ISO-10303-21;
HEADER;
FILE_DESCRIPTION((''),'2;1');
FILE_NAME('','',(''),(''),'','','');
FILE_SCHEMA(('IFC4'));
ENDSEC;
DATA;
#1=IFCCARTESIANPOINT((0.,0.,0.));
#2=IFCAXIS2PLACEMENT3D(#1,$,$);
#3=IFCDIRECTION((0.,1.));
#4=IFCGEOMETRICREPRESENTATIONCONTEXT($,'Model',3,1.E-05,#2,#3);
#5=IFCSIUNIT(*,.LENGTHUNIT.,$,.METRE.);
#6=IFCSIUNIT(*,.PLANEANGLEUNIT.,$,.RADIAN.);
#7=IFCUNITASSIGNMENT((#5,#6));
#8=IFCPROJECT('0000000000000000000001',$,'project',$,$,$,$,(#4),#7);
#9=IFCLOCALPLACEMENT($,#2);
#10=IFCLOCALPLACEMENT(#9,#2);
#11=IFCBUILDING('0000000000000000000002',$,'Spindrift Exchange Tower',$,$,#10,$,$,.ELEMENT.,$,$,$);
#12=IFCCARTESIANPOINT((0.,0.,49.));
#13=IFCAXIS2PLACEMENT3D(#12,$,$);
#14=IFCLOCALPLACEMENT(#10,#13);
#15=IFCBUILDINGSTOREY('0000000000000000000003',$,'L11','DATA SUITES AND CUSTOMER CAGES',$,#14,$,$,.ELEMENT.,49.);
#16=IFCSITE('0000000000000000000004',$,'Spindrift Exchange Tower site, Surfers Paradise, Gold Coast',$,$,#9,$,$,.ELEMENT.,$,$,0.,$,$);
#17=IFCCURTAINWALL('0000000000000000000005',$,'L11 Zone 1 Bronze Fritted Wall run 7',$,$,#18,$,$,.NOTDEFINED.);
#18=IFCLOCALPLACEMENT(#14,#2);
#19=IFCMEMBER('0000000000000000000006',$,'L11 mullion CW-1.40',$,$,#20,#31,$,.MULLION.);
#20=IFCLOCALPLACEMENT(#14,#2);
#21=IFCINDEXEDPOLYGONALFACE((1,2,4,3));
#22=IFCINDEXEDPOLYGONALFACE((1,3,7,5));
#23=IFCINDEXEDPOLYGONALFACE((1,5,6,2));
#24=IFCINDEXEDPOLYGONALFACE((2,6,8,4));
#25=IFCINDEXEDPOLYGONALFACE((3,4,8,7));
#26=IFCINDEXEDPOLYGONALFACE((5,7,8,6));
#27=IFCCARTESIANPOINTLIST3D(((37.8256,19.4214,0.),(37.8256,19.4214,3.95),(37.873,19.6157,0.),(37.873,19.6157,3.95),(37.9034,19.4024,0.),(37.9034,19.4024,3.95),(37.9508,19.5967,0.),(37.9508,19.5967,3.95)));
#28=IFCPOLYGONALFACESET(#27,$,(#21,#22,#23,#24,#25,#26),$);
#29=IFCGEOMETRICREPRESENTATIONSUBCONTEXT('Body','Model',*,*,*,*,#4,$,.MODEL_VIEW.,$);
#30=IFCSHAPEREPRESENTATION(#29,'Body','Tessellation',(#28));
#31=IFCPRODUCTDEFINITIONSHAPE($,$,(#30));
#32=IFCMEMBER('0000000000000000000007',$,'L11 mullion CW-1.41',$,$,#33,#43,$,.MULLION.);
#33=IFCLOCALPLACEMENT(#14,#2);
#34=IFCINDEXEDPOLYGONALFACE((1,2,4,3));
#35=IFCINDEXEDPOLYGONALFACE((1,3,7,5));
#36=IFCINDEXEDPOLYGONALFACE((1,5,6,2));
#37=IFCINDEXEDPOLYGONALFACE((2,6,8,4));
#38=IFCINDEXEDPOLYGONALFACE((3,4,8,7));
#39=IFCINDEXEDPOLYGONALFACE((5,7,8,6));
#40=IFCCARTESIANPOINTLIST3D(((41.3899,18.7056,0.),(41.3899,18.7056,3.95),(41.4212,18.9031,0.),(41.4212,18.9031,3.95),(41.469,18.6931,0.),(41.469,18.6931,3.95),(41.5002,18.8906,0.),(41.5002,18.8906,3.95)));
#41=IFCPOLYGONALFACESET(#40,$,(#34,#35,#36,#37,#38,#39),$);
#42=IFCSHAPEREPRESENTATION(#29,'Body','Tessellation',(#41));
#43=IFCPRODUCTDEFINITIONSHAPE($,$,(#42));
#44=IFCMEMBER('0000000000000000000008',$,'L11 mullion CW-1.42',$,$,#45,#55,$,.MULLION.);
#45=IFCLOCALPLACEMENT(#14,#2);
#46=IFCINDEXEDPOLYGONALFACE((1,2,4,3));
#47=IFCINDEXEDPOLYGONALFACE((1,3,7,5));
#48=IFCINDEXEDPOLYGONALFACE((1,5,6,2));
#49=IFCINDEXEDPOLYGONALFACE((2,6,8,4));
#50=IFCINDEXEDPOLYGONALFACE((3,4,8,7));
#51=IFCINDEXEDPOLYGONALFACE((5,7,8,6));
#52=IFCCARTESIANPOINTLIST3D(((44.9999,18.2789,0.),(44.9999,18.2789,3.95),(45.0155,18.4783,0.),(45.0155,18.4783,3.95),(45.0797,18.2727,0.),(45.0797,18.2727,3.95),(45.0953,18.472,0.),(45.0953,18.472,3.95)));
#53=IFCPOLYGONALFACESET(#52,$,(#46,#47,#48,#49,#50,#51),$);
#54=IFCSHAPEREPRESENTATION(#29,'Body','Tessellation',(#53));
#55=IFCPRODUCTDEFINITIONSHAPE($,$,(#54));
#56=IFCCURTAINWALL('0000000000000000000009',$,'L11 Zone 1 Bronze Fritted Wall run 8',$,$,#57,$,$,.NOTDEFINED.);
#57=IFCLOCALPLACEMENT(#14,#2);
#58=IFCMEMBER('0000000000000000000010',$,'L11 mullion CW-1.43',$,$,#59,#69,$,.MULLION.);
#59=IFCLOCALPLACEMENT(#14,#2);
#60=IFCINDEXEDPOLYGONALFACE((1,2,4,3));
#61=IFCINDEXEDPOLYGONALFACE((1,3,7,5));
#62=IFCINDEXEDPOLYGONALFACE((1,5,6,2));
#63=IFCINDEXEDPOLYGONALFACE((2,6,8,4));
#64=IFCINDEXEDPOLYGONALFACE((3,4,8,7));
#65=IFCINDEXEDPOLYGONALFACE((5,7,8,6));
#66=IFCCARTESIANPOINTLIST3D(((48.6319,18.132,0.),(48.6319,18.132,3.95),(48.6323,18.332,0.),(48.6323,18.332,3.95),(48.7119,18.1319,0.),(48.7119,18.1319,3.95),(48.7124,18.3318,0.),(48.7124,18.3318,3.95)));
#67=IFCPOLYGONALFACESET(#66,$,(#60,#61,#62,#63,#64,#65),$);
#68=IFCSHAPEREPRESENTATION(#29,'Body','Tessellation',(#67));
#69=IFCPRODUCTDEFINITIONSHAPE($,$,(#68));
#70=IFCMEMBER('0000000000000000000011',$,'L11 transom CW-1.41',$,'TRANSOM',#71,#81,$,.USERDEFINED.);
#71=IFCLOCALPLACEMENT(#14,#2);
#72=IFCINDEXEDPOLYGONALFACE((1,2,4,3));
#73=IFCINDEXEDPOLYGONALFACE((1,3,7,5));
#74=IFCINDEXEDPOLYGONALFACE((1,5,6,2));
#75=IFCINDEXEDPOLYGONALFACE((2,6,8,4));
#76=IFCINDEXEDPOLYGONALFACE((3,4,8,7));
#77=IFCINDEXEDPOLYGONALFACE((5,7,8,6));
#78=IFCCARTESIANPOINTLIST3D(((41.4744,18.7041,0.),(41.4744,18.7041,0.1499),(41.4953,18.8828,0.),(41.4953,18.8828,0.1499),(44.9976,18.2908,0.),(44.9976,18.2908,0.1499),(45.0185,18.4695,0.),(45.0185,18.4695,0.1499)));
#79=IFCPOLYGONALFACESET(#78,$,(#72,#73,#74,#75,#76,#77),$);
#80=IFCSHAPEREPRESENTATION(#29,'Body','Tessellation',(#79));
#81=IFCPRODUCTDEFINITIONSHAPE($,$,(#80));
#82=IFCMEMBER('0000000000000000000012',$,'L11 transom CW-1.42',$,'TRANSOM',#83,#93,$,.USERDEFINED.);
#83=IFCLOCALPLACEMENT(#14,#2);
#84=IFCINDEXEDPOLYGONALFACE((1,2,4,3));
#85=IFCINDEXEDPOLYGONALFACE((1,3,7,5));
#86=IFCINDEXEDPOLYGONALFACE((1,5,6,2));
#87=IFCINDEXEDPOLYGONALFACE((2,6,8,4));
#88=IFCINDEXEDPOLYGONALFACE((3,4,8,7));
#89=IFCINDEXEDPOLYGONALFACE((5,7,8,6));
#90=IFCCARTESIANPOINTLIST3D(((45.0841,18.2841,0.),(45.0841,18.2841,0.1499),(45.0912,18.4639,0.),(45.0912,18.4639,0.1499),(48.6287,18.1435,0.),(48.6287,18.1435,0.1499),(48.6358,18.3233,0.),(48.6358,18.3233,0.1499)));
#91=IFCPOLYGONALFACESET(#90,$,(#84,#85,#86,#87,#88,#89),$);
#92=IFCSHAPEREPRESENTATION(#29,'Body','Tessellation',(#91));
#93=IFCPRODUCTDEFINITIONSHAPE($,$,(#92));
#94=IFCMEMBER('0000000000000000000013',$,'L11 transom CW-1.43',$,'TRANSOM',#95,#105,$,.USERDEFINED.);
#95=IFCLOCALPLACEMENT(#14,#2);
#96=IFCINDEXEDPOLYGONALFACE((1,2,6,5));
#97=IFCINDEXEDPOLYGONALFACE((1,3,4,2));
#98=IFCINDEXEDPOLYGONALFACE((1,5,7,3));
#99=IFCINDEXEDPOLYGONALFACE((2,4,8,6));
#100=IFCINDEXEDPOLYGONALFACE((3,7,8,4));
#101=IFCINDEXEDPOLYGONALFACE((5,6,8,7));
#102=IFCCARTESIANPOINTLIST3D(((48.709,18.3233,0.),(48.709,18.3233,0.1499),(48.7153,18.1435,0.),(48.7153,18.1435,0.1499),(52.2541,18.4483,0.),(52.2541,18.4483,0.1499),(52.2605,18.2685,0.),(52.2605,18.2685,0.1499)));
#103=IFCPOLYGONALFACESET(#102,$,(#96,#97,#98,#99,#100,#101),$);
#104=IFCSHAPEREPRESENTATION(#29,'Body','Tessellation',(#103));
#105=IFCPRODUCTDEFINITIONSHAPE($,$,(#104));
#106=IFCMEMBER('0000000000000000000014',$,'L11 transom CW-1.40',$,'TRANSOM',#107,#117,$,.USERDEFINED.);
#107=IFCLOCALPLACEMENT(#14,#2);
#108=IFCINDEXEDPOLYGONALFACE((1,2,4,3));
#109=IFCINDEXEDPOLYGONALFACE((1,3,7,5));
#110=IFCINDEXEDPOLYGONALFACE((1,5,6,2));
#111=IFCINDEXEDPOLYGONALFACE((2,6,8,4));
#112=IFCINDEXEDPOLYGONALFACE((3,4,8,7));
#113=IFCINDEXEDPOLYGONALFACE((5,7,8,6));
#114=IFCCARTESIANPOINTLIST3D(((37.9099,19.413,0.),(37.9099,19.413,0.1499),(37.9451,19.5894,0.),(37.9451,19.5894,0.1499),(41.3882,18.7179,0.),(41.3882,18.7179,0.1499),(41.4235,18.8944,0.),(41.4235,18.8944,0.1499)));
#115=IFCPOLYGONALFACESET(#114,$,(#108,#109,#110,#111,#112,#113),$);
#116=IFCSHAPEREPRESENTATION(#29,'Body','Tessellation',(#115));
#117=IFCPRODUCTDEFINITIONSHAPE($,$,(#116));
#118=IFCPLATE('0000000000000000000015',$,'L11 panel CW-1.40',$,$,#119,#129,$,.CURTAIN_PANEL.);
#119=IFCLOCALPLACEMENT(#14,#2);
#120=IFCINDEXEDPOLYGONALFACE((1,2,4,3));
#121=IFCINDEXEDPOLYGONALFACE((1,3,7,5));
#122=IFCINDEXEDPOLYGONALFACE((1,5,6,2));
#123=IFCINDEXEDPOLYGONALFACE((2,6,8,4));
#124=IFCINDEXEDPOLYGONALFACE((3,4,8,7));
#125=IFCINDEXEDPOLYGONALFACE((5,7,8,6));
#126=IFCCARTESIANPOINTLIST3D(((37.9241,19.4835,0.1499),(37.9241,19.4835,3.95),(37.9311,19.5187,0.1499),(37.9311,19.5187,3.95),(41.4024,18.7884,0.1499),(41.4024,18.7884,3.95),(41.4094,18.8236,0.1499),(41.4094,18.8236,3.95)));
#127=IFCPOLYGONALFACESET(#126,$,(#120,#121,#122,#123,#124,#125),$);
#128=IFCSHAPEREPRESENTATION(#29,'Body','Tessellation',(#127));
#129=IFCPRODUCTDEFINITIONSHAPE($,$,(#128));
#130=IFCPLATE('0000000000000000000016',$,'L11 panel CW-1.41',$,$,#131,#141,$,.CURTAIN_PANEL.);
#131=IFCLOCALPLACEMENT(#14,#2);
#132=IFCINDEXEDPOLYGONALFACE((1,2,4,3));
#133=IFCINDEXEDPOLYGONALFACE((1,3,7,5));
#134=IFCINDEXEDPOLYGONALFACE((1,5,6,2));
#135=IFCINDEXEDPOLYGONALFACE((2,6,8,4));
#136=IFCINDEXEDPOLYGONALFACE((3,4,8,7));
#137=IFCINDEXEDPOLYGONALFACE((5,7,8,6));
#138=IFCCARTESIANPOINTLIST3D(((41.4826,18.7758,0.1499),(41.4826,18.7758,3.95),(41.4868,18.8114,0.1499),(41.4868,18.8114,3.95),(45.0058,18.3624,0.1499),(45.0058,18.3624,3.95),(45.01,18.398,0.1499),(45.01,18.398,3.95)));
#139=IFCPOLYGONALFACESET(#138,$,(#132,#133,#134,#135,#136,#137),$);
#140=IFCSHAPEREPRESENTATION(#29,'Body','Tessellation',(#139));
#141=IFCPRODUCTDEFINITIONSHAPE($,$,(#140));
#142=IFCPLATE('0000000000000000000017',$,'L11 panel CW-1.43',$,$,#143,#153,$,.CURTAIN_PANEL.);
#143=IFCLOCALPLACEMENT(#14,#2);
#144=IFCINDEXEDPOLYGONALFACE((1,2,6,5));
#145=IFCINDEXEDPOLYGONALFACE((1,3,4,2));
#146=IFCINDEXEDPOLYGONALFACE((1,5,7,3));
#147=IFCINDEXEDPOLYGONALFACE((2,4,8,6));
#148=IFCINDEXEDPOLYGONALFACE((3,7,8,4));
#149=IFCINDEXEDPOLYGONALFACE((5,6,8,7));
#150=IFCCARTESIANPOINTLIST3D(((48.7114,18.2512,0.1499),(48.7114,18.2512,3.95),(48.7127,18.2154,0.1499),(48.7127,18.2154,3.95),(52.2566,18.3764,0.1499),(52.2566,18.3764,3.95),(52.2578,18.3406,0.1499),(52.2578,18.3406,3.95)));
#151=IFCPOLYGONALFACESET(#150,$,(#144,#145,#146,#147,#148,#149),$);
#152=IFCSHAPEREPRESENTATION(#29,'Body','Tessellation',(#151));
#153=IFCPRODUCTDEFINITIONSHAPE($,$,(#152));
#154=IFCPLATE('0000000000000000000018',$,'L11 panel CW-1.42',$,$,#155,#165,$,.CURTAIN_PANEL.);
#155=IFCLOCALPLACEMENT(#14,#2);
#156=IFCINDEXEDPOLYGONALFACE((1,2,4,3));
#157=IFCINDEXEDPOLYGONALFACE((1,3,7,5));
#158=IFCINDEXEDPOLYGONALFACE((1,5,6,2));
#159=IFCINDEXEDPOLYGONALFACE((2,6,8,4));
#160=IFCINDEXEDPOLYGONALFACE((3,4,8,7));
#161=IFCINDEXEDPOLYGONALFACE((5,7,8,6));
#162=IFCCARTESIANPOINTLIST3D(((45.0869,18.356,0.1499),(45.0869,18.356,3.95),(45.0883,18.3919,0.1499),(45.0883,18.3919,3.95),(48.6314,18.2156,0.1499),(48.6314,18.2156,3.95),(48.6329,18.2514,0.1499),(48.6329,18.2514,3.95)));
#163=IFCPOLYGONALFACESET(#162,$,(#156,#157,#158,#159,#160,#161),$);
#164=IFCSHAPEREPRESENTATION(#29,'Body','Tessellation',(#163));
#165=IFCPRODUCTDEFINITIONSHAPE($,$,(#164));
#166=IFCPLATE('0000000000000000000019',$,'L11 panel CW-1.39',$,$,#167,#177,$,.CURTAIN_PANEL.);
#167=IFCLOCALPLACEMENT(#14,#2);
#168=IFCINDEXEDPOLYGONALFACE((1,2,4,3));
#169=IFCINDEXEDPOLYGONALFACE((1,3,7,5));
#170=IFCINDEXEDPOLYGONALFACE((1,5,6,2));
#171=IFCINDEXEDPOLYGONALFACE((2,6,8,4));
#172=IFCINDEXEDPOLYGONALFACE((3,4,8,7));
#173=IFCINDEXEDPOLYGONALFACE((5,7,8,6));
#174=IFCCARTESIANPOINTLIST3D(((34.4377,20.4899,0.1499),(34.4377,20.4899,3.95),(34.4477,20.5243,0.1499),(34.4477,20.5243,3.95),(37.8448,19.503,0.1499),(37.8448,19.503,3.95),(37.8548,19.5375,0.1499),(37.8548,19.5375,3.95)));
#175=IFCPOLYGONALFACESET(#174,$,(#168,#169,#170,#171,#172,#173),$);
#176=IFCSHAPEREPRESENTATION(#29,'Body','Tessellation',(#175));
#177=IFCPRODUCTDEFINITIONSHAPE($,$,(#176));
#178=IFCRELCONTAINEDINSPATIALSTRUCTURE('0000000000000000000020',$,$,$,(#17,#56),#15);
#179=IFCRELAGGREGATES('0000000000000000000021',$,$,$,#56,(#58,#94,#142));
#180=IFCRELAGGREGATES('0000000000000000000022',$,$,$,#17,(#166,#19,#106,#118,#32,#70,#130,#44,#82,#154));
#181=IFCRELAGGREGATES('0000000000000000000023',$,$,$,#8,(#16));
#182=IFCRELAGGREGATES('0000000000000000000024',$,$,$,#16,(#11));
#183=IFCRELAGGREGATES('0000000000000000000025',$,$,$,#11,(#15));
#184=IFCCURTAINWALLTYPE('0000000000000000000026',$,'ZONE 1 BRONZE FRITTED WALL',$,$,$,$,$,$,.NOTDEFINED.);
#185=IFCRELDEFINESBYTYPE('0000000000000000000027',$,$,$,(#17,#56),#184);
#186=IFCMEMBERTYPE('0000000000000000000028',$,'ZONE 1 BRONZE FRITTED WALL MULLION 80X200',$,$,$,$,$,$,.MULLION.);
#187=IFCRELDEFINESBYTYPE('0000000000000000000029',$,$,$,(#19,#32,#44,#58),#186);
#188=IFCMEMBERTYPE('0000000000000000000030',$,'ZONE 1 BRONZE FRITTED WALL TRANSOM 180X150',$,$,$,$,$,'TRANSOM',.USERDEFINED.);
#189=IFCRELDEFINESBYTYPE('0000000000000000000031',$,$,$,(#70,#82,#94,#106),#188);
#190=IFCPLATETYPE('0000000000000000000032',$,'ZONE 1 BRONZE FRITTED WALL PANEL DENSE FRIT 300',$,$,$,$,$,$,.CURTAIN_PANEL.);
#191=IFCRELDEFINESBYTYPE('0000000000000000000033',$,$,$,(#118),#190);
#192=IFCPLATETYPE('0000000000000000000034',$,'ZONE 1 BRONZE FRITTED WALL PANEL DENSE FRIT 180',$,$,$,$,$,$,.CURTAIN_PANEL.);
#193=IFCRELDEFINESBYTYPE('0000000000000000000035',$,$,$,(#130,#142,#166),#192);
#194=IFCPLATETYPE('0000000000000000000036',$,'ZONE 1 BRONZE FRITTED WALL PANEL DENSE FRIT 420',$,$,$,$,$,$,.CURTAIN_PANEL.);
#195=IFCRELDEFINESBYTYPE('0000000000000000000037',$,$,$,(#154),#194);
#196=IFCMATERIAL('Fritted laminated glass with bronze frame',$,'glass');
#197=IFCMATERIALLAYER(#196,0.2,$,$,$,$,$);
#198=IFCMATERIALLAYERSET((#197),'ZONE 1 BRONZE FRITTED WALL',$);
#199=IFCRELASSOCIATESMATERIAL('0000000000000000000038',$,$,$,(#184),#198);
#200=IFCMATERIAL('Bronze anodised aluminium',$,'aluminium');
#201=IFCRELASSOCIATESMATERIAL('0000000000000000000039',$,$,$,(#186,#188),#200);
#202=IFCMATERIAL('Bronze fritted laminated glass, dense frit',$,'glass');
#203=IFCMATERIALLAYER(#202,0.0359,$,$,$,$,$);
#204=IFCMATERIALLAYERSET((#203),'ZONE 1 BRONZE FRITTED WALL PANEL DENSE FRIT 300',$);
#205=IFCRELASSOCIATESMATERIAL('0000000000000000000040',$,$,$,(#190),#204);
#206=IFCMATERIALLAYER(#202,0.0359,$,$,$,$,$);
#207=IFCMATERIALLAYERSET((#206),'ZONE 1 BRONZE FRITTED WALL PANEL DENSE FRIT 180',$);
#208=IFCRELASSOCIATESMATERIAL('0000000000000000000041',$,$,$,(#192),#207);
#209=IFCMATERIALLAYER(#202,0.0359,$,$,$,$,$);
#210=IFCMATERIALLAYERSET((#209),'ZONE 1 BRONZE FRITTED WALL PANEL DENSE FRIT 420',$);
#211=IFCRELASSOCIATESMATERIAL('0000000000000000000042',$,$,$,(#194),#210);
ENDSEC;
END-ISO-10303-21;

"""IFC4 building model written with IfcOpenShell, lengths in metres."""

from ifc_helpers import new_model, si_unit, direction, frame, origin, origin_2d, place, context, subcontext, project, spatial, rectangle, extrude, source, transform, mapped, material, layer, layer_set, material_profile, profile_set, type_object, element, aggregate, save


model = new_model("IFC4")

# Units and contexts
model_context = context("Model", 3, precision=1e-05, world=origin(), true_north=direction((0.0, 1.0)))
body_context = subcontext(model_context, "Body", "Model", "MODEL_VIEW")
ifc_project = project(units=[si_unit("LENGTHUNIT", "METRE"), si_unit("PLANEANGLEUNIT", "RADIAN")], contexts=[model_context])

# Site, building, storey
site_placement = place(None, origin())
site = spatial("IfcSite", under=ifc_project, at=site_placement, Name="Spindrift Exchange Tower site, Surfers Paradise, Gold Coast", CompositionType="ELEMENT", RefElevation=0.0)
building_placement = place(site_placement, origin())
building = spatial("IfcBuilding", under=site, at=building_placement, Name="Spindrift Exchange Tower", CompositionType="ELEMENT")
storey_placement = place(building_placement, frame((0.0, 0.0, 49.0)))
storey = spatial("IfcBuildingStorey", under=building, at=storey_placement, Name="L11", Description="DATA SUITES AND CUSTOMER CAGES", CompositionType="ELEMENT", Elevation=49.0)

# Curtain wall, members
ifc_material_1 = material(Name="Fritted laminated glass with bronze frame", Category="glass")
ifc_layer_1 = layer(ifc_material_1, 0.2)
ifc_layer_set_1 = layer_set([ifc_layer_1], Name="ZONE 1 BRONZE FRITTED WALL")
curtain_wall_type = type_object("IfcCurtainWallType", Name="ZONE 1 BRONZE FRITTED WALL", PredefinedType="NOTDEFINED", material=ifc_layer_set_1)
curtain_wall_1_placement = place(storey_placement, origin())
curtain_wall_1 = element("IfcCurtainWall", 1, at=curtain_wall_1_placement, inside=storey, type_object=curtain_wall_type, Name="L11 Zone 1 Bronze Fritted Wall run 7", PredefinedType="NOTDEFINED")
ifc_material_2 = material(Name="Bronze anodised aluminium", Category="aluminium")
ifc_material_profile_1 = material_profile(ifc_material_2, rectangle(XDim=0.0801, YDim=0.2, at=origin_2d()), Name="ZONE 1 BRONZE FRITTED WALL MULLION 80X200")
ifc_profile_set_1 = profile_set([ifc_material_profile_1], Name="Bronze anodised aluminium")
member_type_1 = type_object("IfcMemberType", Name="ZONE 1 BRONZE FRITTED WALL MULLION 80X200", PredefinedType="MULLION", material=ifc_profile_set_1)
shared_shape_1 = source(origin(), body_context, "Body", "SweptSolid", [
    extrude(rectangle(XDim=0.0801, YDim=0.2, at=origin_2d()), origin(), (0.0, 0.0, 1.0), 3.95),
])
member_1_placement = place(storey_placement, frame((37.8882, 19.509, 0.0), z_axis=(0.0, 0.0, 1.0), x_axis=(0.971436, -0.237302, 0.0)))
member_1 = element("IfcMember", 2, at=member_1_placement, type_object=member_type_1, Name="L11 mullion CW-1.40", PredefinedType="MULLION", context=body_context, shape_type="MappedRepresentation", body=[
    mapped(shared_shape_1, transform((0.0, 0.0, 0.0), scale=1.0)),
])
member_2_placement = place(storey_placement, frame((41.4451, 18.7981, 0.0), z_axis=(0.0, 0.0, 1.0), x_axis=(0.987698, -0.156377, 0.0)))
member_2 = element("IfcMember", 3, at=member_2_placement, type_object=member_type_1, Name="L11 mullion CW-1.41", PredefinedType="MULLION", context=body_context, shape_type="MappedRepresentation", body=[
    mapped(shared_shape_1, transform((0.0, 0.0, 0.0), scale=1.0)),
])
member_3_placement = place(storey_placement, frame((45.0476, 18.3755, 0.0), z_axis=(0.0, 0.0, 1.0), x_axis=(0.996944, -0.078119, 0.0)))
member_3 = element("IfcMember", 4, at=member_3_placement, type_object=member_type_1, Name="L11 mullion CW-1.42", PredefinedType="MULLION", context=body_context, shape_type="MappedRepresentation", body=[
    mapped(shared_shape_1, transform((0.0, 0.0, 0.0), scale=1.0)),
])

# Curtain wall, member
curtain_wall_2_placement = place(storey_placement, origin())
curtain_wall_2 = element("IfcCurtainWall", 5, at=curtain_wall_2_placement, inside=storey, type_object=curtain_wall_type, Name="L11 Zone 1 Bronze Fritted Wall run 8", PredefinedType="NOTDEFINED")
member_4_placement = place(storey_placement, frame((48.6721, 18.2319, 0.0), z_axis=(0.0, 0.0, 1.0), x_axis=(0.999998, -0.002152, 0.0)))
member_4 = element("IfcMember", 6, at=member_4_placement, type_object=member_type_1, Name="L11 mullion CW-1.43", PredefinedType="MULLION", context=body_context, shape_type="MappedRepresentation", body=[
    mapped(shared_shape_1, transform((0.0, 0.0, 0.0), scale=1.0)),
])

# Members
ifc_material_profile_2 = material_profile(ifc_material_2, rectangle(XDim=0.1799, YDim=0.1499, at=origin_2d()), Name="ZONE 1 BRONZE FRITTED WALL TRANSOM 180X150")
ifc_profile_set_2 = profile_set([ifc_material_profile_2], Name="Bronze anodised aluminium")
member_type_2 = type_object("IfcMemberType", Name="ZONE 1 BRONZE FRITTED WALL TRANSOM 180X150", ElementType="TRANSOM", PredefinedType="USERDEFINED", material=ifc_profile_set_2)
shared_shape_2 = source(origin(), body_context, "Body", "SweptSolid", [
    extrude(rectangle(XDim=0.1799, YDim=0.1499, at=origin_2d()), origin(), (0.0, 0.0, 1.0), 3.5474),
])
member_5_placement = place(storey_placement, frame((41.4849, 18.7935, 0.075), z_axis=(0.993189, -0.116518, 0.0), x_axis=(0.116518, 0.993189, 0.0)))
member_5 = element("IfcMember", 7, at=member_5_placement, type_object=member_type_2, Name="L11 transom CW-1.41", ObjectType="TRANSOM", PredefinedType="USERDEFINED", context=body_context, shape_type="MappedRepresentation", body=[
    mapped(shared_shape_2, transform((0.0, 0.0, 0.0), scale=1.0)),
])
member_6_placement = place(storey_placement, frame((45.0876, 18.374, 0.075), z_axis=(0.999214, -0.039641, 0.0), x_axis=(0.039641, 0.999214, 0.0)))
member_6 = element("IfcMember", 8, at=member_6_placement, type_object=member_type_2, Name="L11 transom CW-1.42", ObjectType="TRANSOM", PredefinedType="USERDEFINED", context=body_context, shape_type="MappedRepresentation", body=[
    mapped(shared_shape_2, transform((0.0, 0.0, 0.0), scale=1.0)),
])
member_7_placement = place(storey_placement, frame((48.7122, 18.2334, 0.075), z_axis=(0.999379, 0.035237, 0.0), x_axis=(-0.035237, 0.999379, 0.0)))
member_7 = element("IfcMember", 9, at=member_7_placement, type_object=member_type_2, Name="L11 transom CW-1.43", ObjectType="TRANSOM", PredefinedType="USERDEFINED", context=body_context, shape_type="MappedRepresentation", body=[
    mapped(shared_shape_2, transform((0.0, 0.0, 0.0), scale=1.0)),
])
shared_shape_3 = source(origin(), body_context, "Body", "SweptSolid", [
    extrude(rectangle(XDim=0.1799, YDim=0.1499, at=origin_2d()), origin(), (0.0, 0.0, 1.0), 3.5471),
])
member_8_placement = place(storey_placement, frame((37.9275, 19.5012, 0.075), z_axis=(0.980612, -0.195957, 0.0), x_axis=(0.195957, 0.980612, 0.0)))
member_8 = element("IfcMember", 10, at=member_8_placement, type_object=member_type_2, Name="L11 transom CW-1.40", ObjectType="TRANSOM", PredefinedType="USERDEFINED", context=body_context, shape_type="MappedRepresentation", body=[
    mapped(shared_shape_3, transform((0.0, 0.0, 0.0), scale=1.0)),
])

# Plates
ifc_material_3 = material(Name="Bronze fritted laminated glass, dense frit", Category="glass")
ifc_layer_2 = layer(ifc_material_3, 0.0359)
ifc_layer_set_2 = layer_set([ifc_layer_2], Name="ZONE 1 BRONZE FRITTED WALL PANEL DENSE FRIT 300")
plate_type_1 = type_object("IfcPlateType", Name="ZONE 1 BRONZE FRITTED WALL PANEL DENSE FRIT 300", PredefinedType="CURTAIN_PANEL", material=ifc_layer_set_2)
shared_shape_4 = source(origin(), body_context, "Body", "SweptSolid", [
    extrude(rectangle(XDim=3.5471, YDim=0.0359, at=origin_2d()), origin(), (0.0, 0.0, 1.0), 3.8),
])
plate_1_placement = place(storey_placement, frame((39.6667, 19.1536, 0.1499), z_axis=(0.0, 0.0, 1.0), x_axis=(0.98061, -0.195968, 0.0)))
plate_1 = element("IfcPlate", 11, at=plate_1_placement, type_object=plate_type_1, Name="L11 panel CW-1.40", PredefinedType="CURTAIN_PANEL", context=body_context, shape_type="MappedRepresentation", body=[
    mapped(shared_shape_4, transform((0.0, 0.0, 0.0), scale=1.0)),
])
ifc_layer_3 = layer(ifc_material_3, 0.0359)
ifc_layer_set_3 = layer_set([ifc_layer_3], Name="ZONE 1 BRONZE FRITTED WALL PANEL DENSE FRIT 180")
plate_type_2 = type_object("IfcPlateType", Name="ZONE 1 BRONZE FRITTED WALL PANEL DENSE FRIT 180", PredefinedType="CURTAIN_PANEL", material=ifc_layer_set_3)
shared_shape_5 = source(origin(), body_context, "Body", "SweptSolid", [
    extrude(rectangle(XDim=3.5474, YDim=0.0359, at=origin_2d()), origin(), (0.0, 0.0, 1.0), 3.8),
])
plate_2_placement = place(storey_placement, frame((43.2463, 18.5869, 0.1499), z_axis=(0.0, 0.0, 1.0), x_axis=(0.993187, -0.116532, 0.0)))
plate_2 = element("IfcPlate", 12, at=plate_2_placement, type_object=plate_type_2, Name="L11 panel CW-1.41", PredefinedType="CURTAIN_PANEL", context=body_context, shape_type="MappedRepresentation", body=[
    mapped(shared_shape_5, transform((0.0, 0.0, 0.0), scale=1.0)),
])
plate_3_placement = place(storey_placement, frame((50.4846, 18.2959, 0.1499), z_axis=(0.0, 0.0, 1.0), x_axis=(0.999377, 0.035287, 0.0)))
plate_3 = element("IfcPlate", 13, at=plate_3_placement, type_object=plate_type_2, Name="L11 panel CW-1.43", PredefinedType="CURTAIN_PANEL", context=body_context, shape_type="MappedRepresentation", body=[
    mapped(shared_shape_5, transform((0.0, 0.0, 0.0), scale=1.0)),
])
aggregate(curtain_wall_2, [member_4, member_7, plate_3])
ifc_layer_4 = layer(ifc_material_3, 0.0359)
ifc_layer_set_4 = layer_set([ifc_layer_4], Name="ZONE 1 BRONZE FRITTED WALL PANEL DENSE FRIT 420")
plate_type_3 = type_object("IfcPlateType", Name="ZONE 1 BRONZE FRITTED WALL PANEL DENSE FRIT 420", PredefinedType="CURTAIN_PANEL", material=ifc_layer_set_4)
shared_shape_6 = source(origin(), body_context, "Body", "SweptSolid", [
    extrude(rectangle(XDim=3.5474, YDim=0.0359, at=origin_2d()), origin(), (0.0, 0.0, 1.0), 3.8),
])
plate_4_placement = place(storey_placement, frame((46.8599, 18.3037, 0.1499), z_axis=(0.0, 0.0, 1.0), x_axis=(0.999216, -0.039588, 0.0)))
plate_4 = element("IfcPlate", 14, at=plate_4_placement, type_object=plate_type_3, Name="L11 panel CW-1.42", PredefinedType="CURTAIN_PANEL", context=body_context, shape_type="MappedRepresentation", body=[
    mapped(shared_shape_6, transform((0.0, 0.0, 0.0), scale=1.0)),
])
shared_shape_7 = source(origin(), body_context, "Body", "SweptSolid", [
    extrude(rectangle(XDim=3.5471, YDim=0.0359, at=origin_2d()), origin(), (0.0, 0.0, 1.0), 3.8),
])
plate_5_placement = place(storey_placement, frame((36.1462, 20.0137, 0.1499), z_axis=(0.0, 0.0, 1.0), x_axis=(0.96052, -0.278212, 0.0)))
plate_5 = element("IfcPlate", 15, at=plate_5_placement, type_object=plate_type_2, Name="L11 panel CW-1.39", PredefinedType="CURTAIN_PANEL", context=body_context, shape_type="MappedRepresentation", body=[
    mapped(shared_shape_7, transform((0.0, 0.0, 0.0), scale=1.0)),
])
aggregate(curtain_wall_1, [plate_5, member_1, member_8, plate_1, member_2, member_5, plate_2, member_3, member_6, plate_4])

save(model, "model.ifc")
